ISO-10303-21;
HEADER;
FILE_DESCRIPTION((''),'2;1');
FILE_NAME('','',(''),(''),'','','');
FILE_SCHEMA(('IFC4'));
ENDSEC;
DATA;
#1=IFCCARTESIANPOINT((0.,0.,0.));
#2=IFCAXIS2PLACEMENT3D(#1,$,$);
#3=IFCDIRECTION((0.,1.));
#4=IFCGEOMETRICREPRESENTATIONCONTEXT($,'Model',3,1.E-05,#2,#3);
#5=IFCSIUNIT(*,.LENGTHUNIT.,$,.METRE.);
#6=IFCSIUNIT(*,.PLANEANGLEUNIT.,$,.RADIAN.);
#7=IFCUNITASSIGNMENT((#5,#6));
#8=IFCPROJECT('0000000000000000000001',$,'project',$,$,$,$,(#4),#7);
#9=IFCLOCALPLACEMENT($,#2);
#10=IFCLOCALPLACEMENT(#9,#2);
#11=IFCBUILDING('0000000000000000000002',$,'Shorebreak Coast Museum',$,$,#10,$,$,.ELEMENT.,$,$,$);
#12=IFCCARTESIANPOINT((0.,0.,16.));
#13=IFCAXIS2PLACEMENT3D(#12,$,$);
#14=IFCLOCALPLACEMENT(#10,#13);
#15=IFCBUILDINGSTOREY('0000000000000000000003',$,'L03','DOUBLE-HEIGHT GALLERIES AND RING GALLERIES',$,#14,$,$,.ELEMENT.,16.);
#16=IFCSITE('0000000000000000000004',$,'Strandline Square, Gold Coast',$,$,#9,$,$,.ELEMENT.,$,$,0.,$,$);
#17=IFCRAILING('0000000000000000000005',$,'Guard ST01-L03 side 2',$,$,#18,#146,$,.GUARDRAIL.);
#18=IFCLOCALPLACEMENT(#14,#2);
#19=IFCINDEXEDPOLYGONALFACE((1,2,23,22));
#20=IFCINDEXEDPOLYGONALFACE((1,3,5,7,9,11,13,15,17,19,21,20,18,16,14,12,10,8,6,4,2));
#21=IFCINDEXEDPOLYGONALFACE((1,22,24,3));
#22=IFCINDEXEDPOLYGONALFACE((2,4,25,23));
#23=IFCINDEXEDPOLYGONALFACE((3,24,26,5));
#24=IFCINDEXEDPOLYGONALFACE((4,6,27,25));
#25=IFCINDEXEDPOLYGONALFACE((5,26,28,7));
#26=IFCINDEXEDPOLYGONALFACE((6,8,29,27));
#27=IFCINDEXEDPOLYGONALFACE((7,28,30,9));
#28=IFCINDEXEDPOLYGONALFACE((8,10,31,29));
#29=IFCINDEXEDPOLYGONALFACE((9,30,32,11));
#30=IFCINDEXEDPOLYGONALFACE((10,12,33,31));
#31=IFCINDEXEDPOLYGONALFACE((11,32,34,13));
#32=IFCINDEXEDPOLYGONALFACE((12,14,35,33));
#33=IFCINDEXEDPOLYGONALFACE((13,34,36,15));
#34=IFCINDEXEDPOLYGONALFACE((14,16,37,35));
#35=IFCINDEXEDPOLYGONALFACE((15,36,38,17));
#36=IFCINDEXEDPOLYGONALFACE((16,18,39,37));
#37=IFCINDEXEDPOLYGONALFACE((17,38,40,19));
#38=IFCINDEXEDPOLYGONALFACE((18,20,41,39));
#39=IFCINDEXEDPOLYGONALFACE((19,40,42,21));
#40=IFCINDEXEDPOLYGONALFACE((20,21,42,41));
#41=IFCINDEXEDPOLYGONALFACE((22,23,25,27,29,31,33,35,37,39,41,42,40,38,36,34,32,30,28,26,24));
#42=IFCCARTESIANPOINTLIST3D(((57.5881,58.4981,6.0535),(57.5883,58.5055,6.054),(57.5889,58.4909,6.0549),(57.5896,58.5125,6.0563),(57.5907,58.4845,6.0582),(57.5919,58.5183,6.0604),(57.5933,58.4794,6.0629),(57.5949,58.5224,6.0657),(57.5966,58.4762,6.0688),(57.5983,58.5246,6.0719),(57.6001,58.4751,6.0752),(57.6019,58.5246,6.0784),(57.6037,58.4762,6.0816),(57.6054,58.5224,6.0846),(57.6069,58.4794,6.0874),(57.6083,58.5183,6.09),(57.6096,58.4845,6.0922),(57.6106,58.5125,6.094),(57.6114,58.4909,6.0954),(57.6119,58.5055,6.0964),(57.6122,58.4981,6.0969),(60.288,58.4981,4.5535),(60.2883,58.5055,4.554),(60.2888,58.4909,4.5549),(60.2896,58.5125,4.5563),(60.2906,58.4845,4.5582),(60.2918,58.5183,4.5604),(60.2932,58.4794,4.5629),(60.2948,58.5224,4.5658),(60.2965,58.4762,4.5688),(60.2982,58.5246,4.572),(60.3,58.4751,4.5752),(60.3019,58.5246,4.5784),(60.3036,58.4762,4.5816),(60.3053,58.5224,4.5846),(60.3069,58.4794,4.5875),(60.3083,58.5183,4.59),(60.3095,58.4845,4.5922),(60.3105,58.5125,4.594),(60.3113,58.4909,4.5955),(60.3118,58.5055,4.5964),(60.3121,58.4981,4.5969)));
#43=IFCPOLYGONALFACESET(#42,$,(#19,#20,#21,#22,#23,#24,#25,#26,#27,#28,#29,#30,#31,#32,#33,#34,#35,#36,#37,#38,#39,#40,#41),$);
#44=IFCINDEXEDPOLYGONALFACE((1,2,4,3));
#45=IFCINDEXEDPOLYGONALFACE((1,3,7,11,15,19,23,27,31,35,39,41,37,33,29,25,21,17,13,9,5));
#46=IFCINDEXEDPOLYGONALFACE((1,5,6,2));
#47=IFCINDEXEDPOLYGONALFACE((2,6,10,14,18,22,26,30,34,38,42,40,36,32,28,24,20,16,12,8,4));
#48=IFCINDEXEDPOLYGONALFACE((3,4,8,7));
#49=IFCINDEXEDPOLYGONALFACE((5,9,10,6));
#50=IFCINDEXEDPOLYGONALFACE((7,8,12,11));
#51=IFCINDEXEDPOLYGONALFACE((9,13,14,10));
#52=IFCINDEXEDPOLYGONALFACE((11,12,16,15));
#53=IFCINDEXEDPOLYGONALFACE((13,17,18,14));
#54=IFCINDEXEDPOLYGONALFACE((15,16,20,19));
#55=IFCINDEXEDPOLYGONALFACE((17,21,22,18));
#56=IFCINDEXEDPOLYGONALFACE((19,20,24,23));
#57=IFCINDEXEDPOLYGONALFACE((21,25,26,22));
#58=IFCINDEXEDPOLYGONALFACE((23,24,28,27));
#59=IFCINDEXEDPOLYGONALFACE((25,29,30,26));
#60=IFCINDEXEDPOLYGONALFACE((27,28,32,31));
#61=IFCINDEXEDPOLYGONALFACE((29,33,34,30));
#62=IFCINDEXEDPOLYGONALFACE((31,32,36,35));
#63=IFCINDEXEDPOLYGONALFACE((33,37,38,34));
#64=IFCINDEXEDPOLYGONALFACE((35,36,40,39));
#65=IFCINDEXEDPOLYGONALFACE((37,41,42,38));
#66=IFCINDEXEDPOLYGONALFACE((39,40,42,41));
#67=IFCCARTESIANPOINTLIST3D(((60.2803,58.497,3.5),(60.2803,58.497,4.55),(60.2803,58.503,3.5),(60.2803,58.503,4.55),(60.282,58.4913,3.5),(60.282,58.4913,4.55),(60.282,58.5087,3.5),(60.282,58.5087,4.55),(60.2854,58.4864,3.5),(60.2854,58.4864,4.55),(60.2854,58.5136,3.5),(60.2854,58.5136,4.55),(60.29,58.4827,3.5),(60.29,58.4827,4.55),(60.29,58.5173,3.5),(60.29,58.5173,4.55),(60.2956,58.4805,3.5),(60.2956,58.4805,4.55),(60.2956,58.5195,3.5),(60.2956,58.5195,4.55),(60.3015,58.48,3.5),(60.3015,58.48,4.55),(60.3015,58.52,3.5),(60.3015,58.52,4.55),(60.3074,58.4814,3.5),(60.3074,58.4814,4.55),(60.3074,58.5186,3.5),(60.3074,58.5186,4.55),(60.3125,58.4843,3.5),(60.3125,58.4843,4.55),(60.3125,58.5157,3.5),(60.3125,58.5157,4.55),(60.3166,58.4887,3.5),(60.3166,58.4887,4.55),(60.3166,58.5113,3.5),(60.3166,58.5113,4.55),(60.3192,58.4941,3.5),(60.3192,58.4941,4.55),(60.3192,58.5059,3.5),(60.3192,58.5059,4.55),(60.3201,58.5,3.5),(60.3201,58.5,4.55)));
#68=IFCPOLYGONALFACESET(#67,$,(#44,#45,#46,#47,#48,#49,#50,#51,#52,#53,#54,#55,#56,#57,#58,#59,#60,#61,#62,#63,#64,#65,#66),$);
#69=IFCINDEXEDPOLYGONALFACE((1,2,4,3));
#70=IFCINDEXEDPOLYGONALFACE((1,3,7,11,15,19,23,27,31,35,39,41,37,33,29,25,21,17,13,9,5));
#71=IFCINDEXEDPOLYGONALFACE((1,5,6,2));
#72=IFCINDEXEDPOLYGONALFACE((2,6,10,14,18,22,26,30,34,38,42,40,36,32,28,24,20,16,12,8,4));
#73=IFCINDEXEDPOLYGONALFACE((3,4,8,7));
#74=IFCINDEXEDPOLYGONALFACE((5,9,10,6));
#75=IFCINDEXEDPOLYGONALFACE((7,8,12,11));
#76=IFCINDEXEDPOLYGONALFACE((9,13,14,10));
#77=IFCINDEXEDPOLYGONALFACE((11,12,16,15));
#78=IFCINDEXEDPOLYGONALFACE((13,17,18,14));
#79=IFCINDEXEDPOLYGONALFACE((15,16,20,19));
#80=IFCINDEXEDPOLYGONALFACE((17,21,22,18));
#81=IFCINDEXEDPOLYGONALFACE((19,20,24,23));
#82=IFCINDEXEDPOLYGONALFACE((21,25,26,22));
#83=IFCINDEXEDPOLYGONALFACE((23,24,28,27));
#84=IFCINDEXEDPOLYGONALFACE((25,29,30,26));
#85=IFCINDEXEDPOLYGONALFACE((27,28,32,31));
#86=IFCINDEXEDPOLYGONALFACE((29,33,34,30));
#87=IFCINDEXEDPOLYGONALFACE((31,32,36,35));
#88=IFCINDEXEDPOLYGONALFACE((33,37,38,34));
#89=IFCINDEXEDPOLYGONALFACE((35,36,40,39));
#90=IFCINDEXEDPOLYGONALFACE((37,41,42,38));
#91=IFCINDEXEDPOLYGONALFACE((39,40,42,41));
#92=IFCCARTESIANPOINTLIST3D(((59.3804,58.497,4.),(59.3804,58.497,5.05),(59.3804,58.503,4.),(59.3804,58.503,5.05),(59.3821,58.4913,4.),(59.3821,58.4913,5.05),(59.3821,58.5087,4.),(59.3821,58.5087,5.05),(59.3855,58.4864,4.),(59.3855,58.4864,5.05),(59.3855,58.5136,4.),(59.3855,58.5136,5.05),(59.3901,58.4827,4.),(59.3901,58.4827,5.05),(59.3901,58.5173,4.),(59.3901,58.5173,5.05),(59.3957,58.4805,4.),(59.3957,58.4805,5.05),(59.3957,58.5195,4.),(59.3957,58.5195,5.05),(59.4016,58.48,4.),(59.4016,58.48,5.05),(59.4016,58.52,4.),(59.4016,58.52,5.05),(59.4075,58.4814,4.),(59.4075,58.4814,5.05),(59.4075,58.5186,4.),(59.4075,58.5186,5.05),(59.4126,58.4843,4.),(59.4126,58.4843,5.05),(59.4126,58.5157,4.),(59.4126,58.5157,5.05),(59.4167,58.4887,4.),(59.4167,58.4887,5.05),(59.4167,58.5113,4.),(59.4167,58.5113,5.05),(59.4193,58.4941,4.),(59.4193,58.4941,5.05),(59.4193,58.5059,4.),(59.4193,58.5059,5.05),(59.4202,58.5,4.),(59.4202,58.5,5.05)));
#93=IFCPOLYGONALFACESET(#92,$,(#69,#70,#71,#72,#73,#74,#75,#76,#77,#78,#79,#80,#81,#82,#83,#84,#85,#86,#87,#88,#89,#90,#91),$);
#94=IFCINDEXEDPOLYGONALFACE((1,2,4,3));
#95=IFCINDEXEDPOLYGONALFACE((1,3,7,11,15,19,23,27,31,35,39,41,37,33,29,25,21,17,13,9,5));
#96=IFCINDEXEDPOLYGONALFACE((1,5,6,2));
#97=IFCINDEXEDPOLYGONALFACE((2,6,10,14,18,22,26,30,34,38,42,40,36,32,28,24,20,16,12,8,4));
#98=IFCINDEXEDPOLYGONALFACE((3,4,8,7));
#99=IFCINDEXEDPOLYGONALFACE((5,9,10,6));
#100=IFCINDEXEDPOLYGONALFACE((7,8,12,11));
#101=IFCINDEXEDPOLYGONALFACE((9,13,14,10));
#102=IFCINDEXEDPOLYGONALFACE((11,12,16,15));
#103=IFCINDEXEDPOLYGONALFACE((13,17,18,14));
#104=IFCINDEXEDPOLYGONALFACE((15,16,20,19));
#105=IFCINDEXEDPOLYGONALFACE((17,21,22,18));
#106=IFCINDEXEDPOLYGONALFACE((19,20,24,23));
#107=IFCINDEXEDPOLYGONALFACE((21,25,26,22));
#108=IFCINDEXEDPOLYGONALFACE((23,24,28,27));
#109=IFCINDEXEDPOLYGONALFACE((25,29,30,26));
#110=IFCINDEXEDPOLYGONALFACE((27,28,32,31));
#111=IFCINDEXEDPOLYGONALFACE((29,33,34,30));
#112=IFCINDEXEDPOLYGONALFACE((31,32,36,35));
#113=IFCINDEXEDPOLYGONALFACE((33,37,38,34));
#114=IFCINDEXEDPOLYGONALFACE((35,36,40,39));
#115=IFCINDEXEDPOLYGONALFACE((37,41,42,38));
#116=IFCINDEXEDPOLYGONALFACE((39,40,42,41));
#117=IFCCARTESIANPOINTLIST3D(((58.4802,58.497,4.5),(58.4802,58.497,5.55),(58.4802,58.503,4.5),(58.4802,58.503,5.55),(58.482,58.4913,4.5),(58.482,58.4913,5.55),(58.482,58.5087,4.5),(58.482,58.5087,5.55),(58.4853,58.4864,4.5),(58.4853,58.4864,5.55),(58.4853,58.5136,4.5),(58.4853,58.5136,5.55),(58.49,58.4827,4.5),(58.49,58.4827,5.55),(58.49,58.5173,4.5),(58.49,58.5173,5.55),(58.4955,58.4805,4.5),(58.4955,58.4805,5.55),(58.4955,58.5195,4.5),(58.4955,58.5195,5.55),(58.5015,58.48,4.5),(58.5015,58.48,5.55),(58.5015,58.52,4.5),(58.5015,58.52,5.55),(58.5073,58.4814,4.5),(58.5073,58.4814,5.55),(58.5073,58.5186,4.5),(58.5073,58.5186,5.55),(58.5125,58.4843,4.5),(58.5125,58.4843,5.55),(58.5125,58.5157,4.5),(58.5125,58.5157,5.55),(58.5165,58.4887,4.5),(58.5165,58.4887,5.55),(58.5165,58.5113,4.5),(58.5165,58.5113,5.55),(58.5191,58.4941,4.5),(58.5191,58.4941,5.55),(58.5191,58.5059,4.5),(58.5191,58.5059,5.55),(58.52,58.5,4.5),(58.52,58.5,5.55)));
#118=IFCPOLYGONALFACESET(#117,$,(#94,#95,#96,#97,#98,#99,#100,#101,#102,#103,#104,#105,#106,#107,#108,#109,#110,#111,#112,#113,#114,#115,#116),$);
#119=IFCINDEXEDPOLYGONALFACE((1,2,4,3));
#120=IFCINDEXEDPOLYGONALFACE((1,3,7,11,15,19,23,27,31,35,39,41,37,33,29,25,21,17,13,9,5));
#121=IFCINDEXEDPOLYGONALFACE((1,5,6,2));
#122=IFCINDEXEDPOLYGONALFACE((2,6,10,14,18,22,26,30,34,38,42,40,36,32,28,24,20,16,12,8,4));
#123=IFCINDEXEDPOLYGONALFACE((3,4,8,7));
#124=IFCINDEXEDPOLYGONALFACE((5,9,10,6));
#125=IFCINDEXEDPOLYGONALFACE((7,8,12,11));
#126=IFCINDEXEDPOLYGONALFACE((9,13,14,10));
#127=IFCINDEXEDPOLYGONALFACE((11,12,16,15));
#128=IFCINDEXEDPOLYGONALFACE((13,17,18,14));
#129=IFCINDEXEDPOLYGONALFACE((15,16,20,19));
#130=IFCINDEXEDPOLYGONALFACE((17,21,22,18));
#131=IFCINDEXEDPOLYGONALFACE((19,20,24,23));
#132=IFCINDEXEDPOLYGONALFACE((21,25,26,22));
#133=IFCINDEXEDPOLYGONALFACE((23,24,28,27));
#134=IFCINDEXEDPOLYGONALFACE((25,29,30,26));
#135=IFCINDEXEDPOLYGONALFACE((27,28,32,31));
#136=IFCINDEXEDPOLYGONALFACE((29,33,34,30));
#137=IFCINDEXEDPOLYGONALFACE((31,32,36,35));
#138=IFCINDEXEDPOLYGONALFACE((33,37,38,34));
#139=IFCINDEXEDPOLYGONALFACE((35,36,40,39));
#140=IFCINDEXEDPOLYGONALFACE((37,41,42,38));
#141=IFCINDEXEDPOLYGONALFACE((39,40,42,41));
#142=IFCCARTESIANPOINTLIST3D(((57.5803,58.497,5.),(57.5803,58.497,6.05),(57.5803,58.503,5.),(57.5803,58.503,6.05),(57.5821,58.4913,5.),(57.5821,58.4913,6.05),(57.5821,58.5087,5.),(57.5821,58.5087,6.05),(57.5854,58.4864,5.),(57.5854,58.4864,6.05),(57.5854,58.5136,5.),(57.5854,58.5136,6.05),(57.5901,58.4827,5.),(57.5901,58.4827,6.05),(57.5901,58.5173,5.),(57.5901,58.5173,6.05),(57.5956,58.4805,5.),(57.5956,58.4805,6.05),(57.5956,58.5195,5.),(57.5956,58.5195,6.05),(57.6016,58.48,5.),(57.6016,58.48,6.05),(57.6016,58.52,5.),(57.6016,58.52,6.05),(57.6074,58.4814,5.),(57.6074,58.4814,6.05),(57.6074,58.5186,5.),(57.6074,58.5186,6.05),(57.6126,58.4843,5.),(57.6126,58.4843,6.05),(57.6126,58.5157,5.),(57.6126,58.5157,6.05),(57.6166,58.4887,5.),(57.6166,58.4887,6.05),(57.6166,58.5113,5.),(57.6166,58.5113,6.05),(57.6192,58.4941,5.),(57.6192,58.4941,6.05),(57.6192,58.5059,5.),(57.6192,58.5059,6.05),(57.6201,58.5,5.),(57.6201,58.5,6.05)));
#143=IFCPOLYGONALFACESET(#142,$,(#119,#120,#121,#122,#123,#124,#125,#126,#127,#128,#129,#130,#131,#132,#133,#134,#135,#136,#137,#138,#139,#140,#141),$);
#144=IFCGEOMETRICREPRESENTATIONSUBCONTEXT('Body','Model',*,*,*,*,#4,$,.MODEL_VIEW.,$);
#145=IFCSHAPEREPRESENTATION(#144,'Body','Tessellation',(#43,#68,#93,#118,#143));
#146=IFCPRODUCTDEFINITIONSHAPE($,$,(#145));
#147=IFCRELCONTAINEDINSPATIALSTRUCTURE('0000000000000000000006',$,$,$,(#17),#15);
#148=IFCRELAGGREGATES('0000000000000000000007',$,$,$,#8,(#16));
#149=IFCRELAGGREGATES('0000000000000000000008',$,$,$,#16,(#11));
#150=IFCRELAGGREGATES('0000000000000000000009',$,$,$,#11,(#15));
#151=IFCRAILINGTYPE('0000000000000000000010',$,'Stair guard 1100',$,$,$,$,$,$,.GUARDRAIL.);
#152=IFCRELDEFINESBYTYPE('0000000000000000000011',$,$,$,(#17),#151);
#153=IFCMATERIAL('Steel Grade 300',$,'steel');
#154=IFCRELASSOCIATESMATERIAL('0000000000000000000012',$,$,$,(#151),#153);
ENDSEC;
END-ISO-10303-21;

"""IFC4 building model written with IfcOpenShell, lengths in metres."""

from ifc_helpers import new_model, si_unit, direction, frame, origin, origin_2d, place, context, subcontext, project, spatial, circle, extrude, material, type_object, element, save


model = new_model("IFC4")

# Units and contexts
model_context = context("Model", 3, precision=1e-05, world=origin(), true_north=direction((0.0, 1.0)))
body_context = subcontext(model_context, "Body", "Model", "MODEL_VIEW")
ifc_project = project(units=[si_unit("LENGTHUNIT", "METRE"), si_unit("PLANEANGLEUNIT", "RADIAN")], contexts=[model_context])

# Site, building, storey
site_placement = place(None, origin())
site = spatial("IfcSite", under=ifc_project, at=site_placement, Name="Strandline Square, Gold Coast", CompositionType="ELEMENT", RefElevation=0.0)
building_placement = place(site_placement, origin())
building = spatial("IfcBuilding", under=site, at=building_placement, Name="Shorebreak Coast Museum", CompositionType="ELEMENT")
storey_placement = place(building_placement, frame((0.0, 0.0, 16.0)))
storey = spatial("IfcBuildingStorey", under=building, at=storey_placement, Name="L03", Description="DOUBLE-HEIGHT GALLERIES AND RING GALLERIES", CompositionType="ELEMENT", Elevation=16.0)

# Railing
ifc_material_1 = material(Name="Steel Grade 300", Category="steel")
railing_type_1 = type_object("IfcRailingType", Name="Stair guard 1100", PredefinedType="GUARDRAIL", material=ifc_material_1)
railing_1_placement = place(storey_placement, frame((60.3, 58.5, 3.5)))
element("IfcRailing", 1, at=railing_1_placement, inside=storey, type_object=railing_type_1, Name="Guard ST01-L03 side 2", PredefinedType="GUARDRAIL", context=body_context, shape_type="SweptSolid", body=[
    extrude(circle(Radius=0.0249, at=origin_2d()), frame((0.0, 0.0, 1.0752), z_axis=(-0.874154, 0.0, 0.48565), x_axis=(0.0, -1.0, 0.0)), (0.0, 0.0, 1.0), 3.0886),
    extrude(circle(Radius=0.02, at=origin_2d()), origin(), (0.0, 0.0, 1.0), 1.05),
    extrude(circle(Radius=0.02, at=origin_2d()), frame((-0.8999, 0.0, 0.5)), (0.0, 0.0, 1.0), 1.05),
    extrude(circle(Radius=0.02, at=origin_2d()), frame((-1.8, 0.0, 1.0)), (0.0, 0.0, 1.0), 1.05),
    extrude(circle(Radius=0.02, at=origin_2d()), frame((-2.7, 0.0, 1.5)), (0.0, 0.0, 1.0), 1.05),
])

save(model, "model.ifc")
